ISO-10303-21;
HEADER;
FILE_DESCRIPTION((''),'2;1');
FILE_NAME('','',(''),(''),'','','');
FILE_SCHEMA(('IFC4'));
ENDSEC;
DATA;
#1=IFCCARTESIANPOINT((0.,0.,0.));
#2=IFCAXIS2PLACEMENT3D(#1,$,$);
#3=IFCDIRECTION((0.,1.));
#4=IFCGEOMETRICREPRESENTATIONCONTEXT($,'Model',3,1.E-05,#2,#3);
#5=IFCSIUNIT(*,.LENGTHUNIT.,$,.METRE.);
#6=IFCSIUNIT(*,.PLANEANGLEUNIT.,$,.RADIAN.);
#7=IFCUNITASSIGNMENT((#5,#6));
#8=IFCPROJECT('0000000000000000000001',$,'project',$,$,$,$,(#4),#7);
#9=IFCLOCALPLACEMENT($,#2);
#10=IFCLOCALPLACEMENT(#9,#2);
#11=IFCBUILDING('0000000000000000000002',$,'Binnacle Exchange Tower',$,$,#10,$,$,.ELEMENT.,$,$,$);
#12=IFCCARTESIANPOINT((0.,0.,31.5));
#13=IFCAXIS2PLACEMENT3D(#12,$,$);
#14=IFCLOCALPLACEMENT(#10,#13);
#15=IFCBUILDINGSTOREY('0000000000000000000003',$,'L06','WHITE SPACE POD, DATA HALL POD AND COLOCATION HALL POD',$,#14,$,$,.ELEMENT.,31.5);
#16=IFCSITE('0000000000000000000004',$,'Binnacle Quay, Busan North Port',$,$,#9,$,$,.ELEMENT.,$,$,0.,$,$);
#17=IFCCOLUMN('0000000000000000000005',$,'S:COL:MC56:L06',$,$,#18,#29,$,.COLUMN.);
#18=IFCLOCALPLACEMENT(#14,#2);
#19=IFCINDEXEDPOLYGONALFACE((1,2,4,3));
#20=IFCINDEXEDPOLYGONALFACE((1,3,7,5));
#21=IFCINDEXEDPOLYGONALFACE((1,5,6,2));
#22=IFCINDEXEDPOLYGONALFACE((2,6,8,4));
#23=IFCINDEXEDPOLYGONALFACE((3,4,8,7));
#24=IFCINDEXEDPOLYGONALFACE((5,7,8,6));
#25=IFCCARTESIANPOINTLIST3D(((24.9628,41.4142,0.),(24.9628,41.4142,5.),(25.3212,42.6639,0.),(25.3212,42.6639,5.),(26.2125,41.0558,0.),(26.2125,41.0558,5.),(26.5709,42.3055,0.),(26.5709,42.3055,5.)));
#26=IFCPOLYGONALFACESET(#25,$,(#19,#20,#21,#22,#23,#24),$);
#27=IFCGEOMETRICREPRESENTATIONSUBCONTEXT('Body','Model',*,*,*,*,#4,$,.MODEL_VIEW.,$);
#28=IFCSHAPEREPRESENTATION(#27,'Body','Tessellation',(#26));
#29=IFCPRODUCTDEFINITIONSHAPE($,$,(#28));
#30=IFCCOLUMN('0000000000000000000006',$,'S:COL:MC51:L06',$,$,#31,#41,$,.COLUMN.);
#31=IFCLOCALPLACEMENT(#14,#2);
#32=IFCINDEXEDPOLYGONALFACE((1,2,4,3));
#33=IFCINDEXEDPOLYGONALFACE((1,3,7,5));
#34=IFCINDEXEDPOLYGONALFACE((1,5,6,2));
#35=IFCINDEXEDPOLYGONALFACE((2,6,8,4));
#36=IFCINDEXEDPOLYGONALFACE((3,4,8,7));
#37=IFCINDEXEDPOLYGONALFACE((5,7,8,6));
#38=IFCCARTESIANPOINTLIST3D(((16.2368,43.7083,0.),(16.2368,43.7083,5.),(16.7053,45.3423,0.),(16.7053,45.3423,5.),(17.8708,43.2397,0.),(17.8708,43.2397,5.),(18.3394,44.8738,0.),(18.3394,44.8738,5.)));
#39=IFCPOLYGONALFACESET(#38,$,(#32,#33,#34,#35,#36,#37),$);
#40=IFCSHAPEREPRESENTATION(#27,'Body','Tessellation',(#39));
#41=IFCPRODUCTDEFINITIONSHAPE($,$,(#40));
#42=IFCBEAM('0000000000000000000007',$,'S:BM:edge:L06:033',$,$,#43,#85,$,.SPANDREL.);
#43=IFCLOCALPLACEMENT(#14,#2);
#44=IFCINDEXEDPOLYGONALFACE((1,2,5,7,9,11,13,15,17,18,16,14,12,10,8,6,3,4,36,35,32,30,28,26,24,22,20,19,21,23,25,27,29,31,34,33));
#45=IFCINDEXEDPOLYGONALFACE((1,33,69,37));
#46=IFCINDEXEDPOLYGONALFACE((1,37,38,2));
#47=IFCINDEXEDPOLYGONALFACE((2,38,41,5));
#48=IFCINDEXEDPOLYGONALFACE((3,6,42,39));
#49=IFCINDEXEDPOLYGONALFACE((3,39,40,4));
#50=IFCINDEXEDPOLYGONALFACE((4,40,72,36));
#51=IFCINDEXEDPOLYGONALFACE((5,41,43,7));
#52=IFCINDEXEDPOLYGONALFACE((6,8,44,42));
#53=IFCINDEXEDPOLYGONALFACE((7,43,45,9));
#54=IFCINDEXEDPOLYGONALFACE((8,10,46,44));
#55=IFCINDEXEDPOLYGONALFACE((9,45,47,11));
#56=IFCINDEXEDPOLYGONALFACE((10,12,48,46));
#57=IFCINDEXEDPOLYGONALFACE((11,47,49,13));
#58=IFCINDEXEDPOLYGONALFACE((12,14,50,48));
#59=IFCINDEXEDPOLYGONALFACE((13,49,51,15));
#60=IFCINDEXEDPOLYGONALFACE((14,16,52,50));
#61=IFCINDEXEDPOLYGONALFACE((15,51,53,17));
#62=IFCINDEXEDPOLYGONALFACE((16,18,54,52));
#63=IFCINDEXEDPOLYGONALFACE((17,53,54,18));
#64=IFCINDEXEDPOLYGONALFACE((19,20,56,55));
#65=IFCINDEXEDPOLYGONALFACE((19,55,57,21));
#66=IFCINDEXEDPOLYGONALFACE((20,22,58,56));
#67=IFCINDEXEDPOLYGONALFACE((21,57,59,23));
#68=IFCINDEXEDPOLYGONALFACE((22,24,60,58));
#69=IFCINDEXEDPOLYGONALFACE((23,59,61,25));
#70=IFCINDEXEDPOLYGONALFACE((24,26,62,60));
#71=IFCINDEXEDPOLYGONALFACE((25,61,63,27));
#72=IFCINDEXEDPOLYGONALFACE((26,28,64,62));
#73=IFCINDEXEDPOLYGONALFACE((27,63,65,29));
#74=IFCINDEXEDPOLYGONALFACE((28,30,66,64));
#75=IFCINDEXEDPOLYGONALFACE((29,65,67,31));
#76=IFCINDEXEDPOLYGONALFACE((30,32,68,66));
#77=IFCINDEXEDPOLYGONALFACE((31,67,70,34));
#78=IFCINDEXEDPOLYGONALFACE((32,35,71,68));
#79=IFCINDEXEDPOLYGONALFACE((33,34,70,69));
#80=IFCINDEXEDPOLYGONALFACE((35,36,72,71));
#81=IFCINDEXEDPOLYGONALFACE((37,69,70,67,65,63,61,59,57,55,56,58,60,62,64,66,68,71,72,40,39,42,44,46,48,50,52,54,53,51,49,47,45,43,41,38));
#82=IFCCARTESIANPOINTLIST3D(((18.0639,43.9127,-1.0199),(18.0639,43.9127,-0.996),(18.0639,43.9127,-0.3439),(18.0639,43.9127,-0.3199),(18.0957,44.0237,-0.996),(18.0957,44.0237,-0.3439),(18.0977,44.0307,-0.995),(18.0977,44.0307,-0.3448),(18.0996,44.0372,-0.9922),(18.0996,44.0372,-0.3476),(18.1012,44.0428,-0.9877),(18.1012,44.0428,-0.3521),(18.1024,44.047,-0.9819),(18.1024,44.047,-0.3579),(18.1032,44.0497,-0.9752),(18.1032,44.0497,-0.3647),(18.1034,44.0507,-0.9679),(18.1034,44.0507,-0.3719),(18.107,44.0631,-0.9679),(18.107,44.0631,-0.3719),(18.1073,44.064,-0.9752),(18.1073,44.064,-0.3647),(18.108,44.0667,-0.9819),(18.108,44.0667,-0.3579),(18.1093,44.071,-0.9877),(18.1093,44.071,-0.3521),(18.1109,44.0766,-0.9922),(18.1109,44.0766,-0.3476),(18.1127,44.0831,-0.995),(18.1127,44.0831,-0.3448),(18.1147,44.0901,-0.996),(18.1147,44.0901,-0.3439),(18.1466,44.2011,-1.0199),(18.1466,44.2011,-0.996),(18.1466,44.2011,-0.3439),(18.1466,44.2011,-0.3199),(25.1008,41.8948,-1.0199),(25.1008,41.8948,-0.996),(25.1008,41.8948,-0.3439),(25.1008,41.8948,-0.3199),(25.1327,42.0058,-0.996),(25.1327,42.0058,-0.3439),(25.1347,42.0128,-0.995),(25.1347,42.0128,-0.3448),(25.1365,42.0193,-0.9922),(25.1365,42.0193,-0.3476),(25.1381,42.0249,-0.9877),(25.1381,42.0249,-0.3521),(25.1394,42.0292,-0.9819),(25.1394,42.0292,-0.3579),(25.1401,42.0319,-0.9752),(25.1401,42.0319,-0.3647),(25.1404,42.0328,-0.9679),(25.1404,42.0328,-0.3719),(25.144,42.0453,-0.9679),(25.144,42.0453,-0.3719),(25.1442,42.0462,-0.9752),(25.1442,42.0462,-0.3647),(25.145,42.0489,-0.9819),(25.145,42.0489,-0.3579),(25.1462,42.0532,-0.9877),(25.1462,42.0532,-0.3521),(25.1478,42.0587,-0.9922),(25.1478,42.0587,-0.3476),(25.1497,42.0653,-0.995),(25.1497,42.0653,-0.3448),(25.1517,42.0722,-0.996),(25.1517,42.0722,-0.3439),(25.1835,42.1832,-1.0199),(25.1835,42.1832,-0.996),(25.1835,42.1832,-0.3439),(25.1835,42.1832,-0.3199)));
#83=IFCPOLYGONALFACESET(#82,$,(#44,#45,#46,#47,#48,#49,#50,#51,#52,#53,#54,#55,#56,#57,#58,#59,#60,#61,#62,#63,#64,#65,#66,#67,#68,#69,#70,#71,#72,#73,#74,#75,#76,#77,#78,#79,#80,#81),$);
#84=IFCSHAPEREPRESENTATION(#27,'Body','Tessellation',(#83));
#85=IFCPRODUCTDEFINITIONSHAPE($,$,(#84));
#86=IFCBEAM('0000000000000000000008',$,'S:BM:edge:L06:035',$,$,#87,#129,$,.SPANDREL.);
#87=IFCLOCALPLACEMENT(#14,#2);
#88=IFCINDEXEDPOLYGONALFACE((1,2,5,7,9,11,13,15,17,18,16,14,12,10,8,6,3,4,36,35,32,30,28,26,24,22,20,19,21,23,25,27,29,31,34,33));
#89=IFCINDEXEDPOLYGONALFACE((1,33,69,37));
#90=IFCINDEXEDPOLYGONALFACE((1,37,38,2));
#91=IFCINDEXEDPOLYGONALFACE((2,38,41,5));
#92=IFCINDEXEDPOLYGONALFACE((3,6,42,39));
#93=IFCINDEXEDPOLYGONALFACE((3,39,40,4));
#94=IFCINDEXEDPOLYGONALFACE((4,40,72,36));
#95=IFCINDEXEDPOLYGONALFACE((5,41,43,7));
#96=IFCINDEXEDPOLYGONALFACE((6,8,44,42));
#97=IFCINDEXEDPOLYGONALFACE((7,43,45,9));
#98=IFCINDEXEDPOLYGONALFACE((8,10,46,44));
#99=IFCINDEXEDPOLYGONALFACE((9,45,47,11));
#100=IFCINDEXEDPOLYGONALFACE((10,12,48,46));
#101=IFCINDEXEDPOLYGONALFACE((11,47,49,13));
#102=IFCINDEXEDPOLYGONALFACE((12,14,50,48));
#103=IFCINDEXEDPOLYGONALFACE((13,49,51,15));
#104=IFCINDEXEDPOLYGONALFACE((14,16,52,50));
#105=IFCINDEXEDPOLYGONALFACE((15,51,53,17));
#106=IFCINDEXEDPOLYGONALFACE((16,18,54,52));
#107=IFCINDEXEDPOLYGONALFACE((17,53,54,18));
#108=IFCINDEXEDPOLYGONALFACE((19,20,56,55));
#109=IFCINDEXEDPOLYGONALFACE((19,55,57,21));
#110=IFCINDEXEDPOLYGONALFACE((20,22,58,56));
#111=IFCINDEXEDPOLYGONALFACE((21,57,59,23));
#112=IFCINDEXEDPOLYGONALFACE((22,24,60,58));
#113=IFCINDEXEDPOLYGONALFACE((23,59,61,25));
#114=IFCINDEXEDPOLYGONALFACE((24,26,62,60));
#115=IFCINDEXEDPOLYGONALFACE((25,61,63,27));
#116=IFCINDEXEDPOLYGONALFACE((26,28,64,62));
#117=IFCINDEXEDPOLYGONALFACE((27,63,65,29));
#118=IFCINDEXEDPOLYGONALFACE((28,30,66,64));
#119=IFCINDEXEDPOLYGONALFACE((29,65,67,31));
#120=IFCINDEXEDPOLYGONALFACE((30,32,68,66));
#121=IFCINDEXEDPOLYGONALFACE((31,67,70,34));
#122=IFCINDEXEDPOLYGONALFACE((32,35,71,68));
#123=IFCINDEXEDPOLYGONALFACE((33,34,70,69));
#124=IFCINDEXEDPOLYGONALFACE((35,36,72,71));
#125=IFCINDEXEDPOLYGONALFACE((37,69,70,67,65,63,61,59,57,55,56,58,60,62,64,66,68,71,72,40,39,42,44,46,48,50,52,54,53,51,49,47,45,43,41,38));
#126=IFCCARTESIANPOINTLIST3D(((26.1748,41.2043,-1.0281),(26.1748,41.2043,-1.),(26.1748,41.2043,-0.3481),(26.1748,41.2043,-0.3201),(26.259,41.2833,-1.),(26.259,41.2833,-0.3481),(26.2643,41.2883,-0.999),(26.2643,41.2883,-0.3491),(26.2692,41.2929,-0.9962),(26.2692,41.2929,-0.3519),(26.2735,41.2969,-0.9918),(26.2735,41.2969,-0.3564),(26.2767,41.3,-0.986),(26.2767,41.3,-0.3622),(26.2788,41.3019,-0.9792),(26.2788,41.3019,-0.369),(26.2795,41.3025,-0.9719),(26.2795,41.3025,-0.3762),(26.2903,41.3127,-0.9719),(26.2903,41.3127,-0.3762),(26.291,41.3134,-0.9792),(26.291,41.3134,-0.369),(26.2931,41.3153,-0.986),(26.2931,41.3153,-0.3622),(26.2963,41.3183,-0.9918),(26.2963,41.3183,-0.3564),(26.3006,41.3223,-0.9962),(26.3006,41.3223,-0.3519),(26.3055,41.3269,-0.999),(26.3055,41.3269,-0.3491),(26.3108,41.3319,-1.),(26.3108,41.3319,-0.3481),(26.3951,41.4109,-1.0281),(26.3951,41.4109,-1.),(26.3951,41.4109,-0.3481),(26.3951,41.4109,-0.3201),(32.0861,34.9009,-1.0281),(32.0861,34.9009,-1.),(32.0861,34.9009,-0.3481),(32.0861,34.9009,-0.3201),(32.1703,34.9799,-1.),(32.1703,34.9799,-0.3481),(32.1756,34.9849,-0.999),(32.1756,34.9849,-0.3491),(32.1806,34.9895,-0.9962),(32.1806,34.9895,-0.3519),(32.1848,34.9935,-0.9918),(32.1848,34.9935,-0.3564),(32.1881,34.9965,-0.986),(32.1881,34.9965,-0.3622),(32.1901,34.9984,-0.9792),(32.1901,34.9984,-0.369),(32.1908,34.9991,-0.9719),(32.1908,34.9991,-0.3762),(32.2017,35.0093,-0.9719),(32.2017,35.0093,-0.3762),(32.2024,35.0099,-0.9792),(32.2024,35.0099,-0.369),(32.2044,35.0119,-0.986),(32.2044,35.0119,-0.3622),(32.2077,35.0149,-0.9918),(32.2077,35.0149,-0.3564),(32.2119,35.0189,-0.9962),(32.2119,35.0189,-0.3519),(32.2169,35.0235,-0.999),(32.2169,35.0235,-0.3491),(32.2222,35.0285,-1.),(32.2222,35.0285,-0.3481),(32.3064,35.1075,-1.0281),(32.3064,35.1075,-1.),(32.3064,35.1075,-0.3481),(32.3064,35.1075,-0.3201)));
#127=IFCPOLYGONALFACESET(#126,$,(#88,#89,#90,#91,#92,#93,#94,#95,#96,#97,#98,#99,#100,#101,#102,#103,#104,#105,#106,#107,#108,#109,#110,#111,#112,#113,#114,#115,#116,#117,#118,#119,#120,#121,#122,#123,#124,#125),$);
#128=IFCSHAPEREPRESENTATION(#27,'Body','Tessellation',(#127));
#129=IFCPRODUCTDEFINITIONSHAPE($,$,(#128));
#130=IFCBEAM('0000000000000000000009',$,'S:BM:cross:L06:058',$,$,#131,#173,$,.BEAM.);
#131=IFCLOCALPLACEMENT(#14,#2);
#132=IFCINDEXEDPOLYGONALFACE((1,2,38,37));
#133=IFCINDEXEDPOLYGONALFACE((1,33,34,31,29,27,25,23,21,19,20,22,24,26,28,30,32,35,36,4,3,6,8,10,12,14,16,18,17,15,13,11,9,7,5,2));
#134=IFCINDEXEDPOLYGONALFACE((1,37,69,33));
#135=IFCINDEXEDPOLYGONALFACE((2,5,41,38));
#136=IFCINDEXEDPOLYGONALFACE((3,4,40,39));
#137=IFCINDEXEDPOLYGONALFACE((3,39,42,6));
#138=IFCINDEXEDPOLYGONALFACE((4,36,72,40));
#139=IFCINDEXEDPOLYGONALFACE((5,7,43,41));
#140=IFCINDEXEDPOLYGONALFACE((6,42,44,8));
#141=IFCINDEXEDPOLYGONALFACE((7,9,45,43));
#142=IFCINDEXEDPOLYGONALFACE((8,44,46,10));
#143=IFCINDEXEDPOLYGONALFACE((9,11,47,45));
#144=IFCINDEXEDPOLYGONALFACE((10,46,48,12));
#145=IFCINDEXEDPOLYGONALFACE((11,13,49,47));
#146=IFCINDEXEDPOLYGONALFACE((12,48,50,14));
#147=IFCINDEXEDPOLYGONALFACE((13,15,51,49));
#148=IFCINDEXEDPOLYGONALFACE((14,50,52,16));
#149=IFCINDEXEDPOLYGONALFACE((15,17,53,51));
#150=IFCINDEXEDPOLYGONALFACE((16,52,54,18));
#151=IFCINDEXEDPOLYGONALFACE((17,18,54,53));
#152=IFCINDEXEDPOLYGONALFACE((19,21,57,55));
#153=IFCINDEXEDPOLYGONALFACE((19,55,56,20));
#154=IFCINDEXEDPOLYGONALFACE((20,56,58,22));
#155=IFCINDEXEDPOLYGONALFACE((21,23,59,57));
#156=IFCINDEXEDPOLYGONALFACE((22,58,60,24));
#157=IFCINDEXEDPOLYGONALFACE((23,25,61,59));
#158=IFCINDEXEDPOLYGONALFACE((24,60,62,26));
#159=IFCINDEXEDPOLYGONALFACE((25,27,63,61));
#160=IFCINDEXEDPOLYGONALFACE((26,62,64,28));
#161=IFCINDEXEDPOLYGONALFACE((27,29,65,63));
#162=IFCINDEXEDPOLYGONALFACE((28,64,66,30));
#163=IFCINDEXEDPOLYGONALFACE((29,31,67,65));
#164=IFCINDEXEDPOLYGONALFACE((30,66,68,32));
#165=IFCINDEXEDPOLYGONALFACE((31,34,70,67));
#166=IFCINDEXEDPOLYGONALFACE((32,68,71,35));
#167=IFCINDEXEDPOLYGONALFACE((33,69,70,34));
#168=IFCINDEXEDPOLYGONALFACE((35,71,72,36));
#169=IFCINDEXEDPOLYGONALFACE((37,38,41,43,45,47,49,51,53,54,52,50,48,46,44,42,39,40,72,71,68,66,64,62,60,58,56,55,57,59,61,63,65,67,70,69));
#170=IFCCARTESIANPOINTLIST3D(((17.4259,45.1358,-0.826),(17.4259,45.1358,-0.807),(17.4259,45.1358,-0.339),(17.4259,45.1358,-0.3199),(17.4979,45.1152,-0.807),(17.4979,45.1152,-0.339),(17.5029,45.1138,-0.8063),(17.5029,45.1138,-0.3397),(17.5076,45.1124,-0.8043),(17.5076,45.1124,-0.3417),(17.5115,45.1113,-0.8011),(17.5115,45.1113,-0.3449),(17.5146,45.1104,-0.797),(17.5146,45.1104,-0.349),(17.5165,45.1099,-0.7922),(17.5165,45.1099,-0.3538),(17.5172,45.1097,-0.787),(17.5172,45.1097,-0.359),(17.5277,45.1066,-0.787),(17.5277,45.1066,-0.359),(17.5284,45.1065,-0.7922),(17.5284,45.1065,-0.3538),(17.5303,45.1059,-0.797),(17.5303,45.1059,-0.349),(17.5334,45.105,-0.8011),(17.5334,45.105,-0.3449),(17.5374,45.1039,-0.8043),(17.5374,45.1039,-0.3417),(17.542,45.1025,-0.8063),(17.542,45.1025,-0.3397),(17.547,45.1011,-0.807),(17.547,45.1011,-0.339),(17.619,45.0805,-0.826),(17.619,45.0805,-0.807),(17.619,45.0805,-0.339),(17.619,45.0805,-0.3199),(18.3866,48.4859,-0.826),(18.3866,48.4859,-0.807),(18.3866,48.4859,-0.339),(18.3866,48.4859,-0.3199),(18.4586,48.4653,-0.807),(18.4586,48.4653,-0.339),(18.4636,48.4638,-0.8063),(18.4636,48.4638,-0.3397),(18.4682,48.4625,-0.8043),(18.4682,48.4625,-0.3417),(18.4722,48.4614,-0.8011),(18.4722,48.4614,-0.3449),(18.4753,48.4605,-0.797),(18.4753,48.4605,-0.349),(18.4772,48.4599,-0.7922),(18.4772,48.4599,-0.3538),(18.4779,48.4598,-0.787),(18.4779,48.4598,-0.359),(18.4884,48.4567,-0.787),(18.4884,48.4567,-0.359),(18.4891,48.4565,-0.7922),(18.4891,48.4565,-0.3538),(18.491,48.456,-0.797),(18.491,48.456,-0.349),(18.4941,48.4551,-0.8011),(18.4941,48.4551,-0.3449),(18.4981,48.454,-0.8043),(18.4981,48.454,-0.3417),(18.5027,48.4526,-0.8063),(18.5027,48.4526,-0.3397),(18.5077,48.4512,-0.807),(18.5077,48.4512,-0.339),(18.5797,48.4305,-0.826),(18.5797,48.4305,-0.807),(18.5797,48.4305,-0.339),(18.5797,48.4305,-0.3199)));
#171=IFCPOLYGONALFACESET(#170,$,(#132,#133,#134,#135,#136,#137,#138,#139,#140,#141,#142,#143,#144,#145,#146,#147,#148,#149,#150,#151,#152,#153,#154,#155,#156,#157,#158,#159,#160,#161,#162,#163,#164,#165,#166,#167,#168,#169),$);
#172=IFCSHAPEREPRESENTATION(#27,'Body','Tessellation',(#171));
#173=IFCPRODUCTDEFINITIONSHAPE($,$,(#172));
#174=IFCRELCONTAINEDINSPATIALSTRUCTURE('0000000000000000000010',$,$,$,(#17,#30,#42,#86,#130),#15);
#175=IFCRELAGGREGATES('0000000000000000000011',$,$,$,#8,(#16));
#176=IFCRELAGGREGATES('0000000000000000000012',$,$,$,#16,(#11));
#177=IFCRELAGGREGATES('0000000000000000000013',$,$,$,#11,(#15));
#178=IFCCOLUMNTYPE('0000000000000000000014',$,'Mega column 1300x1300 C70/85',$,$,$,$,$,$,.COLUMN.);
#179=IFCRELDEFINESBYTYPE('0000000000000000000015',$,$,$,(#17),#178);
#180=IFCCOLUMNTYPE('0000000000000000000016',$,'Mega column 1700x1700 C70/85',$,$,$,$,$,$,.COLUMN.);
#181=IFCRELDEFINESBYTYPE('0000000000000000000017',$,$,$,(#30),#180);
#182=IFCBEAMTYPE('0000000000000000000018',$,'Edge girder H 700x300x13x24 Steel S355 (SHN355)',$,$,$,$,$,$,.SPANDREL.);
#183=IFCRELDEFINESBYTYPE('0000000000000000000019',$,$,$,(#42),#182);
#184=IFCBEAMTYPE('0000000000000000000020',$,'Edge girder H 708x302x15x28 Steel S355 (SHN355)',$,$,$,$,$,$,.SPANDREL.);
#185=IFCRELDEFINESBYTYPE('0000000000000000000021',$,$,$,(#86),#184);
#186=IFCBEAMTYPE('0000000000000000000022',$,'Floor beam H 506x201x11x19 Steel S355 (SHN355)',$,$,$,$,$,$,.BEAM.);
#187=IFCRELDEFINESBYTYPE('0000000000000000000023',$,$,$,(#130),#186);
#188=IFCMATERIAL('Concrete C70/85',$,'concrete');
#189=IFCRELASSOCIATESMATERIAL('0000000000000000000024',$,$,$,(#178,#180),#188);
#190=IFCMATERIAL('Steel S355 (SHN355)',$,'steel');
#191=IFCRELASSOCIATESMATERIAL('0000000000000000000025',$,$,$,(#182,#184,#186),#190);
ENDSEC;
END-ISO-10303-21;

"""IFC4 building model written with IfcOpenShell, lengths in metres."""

from ifc_helpers import new_model, si_unit, direction, frame, origin, origin_2d, place, context, subcontext, project, spatial, rectangle, i_section, extrude, material, material_profile, profile_set, type_object, element, save


model = new_model("IFC4")

# Units and contexts
model_context = context("Model", 3, precision=1e-05, world=origin(), true_north=direction((0.0, 1.0)))
body_context = subcontext(model_context, "Body", "Model", "MODEL_VIEW")
ifc_project = project(units=[si_unit("LENGTHUNIT", "METRE"), si_unit("PLANEANGLEUNIT", "RADIAN")], contexts=[model_context])

# Site, building, storey
site_placement = place(None, origin())
site = spatial("IfcSite", under=ifc_project, at=site_placement, Name="Binnacle Quay, Busan North Port", CompositionType="ELEMENT", RefElevation=0.0)
building_placement = place(site_placement, origin())
building = spatial("IfcBuilding", under=site, at=building_placement, Name="Binnacle Exchange Tower", CompositionType="ELEMENT")
storey_placement = place(building_placement, frame((0.0, 0.0, 31.5)))
storey = spatial("IfcBuildingStorey", under=building, at=storey_placement, Name="L06", Description="WHITE SPACE POD, DATA HALL POD AND COLOCATION HALL POD", CompositionType="ELEMENT", Elevation=31.5)

# Columns
ifc_material_1 = material(Name="Concrete C70/85", Category="concrete")
ifc_material_profile_1 = material_profile(ifc_material_1, rectangle(XDim=1.3, YDim=1.3, at=origin_2d()), Name="Mega column 1300x1300 C70/85")
ifc_profile_set_1 = profile_set([ifc_material_profile_1], Name="Concrete C70/85")
column_type_1 = type_object("IfcColumnType", Name="Mega column 1300x1300 C70/85", PredefinedType="COLUMN", material=ifc_profile_set_1)
column_1_placement = place(storey_placement, frame((25.7668, 41.8599, 0.0), z_axis=(0.0, 0.0, 1.0), x_axis=(0.961262, -0.275637, 0.0)))
element("IfcColumn", 1, at=column_1_placement, inside=storey, type_object=column_type_1, Name="S:COL:MC56:L06", PredefinedType="COLUMN", context=body_context, shape_type="SweptSolid", body=[
    extrude(rectangle(XDim=1.3, YDim=1.3, at=origin_2d()), origin(), (0.0, 0.0, 1.0), 5.0),
])
ifc_material_profile_2 = material_profile(ifc_material_1, rectangle(XDim=1.7, YDim=1.7, at=origin_2d()), Name="Mega column 1700x1700 C70/85")
ifc_profile_set_2 = profile_set([ifc_material_profile_2], Name="Concrete C70/85")
column_type_2 = type_object("IfcColumnType", Name="Mega column 1700x1700 C70/85", PredefinedType="COLUMN", material=ifc_profile_set_2)
column_2_placement = place(storey_placement, frame((17.2881, 44.291, 0.0), z_axis=(0.0, 0.0, 1.0), x_axis=(0.961262, -0.275637, 0.0)))
element("IfcColumn", 2, at=column_2_placement, inside=storey, type_object=column_type_2, Name="S:COL:MC51:L06", PredefinedType="COLUMN", context=body_context, shape_type="SweptSolid", body=[
    extrude(rectangle(XDim=1.7, YDim=1.7, at=origin_2d()), origin(), (0.0, 0.0, 1.0), 5.0),
])

# Beams
ifc_material_2 = material(Name="Steel S355 (SHN355)", Category="steel")
ifc_material_profile_3 = material_profile(ifc_material_2, i_section(OverallWidth=0.3, OverallDepth=0.7, WebThickness=0.0129, FlangeThickness=0.0239, FilletRadius=0.0281, at=origin_2d()), Name="H 700x300x13x24")
ifc_profile_set_3 = profile_set([ifc_material_profile_3], Name="Steel S355 (SHN355)")
beam_type_1 = type_object("IfcBeamType", Name="Edge girder H 700x300x13x24 Steel S355 (SHN355)", PredefinedType="SPANDREL", material=ifc_profile_set_3)
beam_1_placement = place(storey_placement, frame((18.1052, 44.0569, -0.6699), z_axis=(0.96126, -0.275642, 0.0), x_axis=(0.275642, 0.96126, 0.0)))
element("IfcBeam", 3, at=beam_1_placement, inside=storey, type_object=beam_type_1, Name="S:BM:edge:L06:033", PredefinedType="SPANDREL", context=body_context, shape_type="SweptSolid", body=[
    extrude(i_section(OverallWidth=0.3, OverallDepth=0.7, WebThickness=0.0129, FlangeThickness=0.0239, FilletRadius=0.0281, at=origin_2d()), origin(), (0.0, 0.0, 1.0), 7.3206),
])
ifc_material_profile_4 = material_profile(ifc_material_2, i_section(OverallWidth=0.302, OverallDepth=0.708, WebThickness=0.0149, FlangeThickness=0.0281, FilletRadius=0.0281, at=origin_2d()), Name="H 708x302x15x28")
ifc_profile_set_4 = profile_set([ifc_material_profile_4], Name="Steel S355 (SHN355)")
beam_type_2 = type_object("IfcBeamType", Name="Edge girder H 708x302x15x28 Steel S355 (SHN355)", PredefinedType="SPANDREL", material=ifc_profile_set_4)
beam_2_placement = place(storey_placement, frame((26.2849, 41.3076, -0.6741), z_axis=(0.684057, -0.729429, 0.0), x_axis=(0.729429, 0.684057, 0.0)))
element("IfcBeam", 4, at=beam_2_placement, inside=storey, type_object=beam_type_2, Name="S:BM:edge:L06:035", PredefinedType="SPANDREL", context=body_context, shape_type="SweptSolid", body=[
    extrude(i_section(OverallWidth=0.302, OverallDepth=0.708, WebThickness=0.0149, FlangeThickness=0.0281, FilletRadius=0.0281, at=origin_2d()), origin(), (0.0, 0.0, 1.0), 8.6416),
])
ifc_material_profile_5 = material_profile(ifc_material_2, i_section(OverallWidth=0.2009, OverallDepth=0.5061, WebThickness=0.011, FlangeThickness=0.019, FilletRadius=0.02, at=origin_2d()), Name="H 506x201x11x19")
ifc_profile_set_5 = profile_set([ifc_material_profile_5], Name="Steel S355 (SHN355)")
beam_type_3 = type_object("IfcBeamType", Name="Floor beam H 506x201x11x19 Steel S355 (SHN355)", PredefinedType="BEAM", material=ifc_profile_set_5)
beam_3_placement = place(storey_placement, frame((17.5225, 45.1082, -0.573), z_axis=(0.275655, 0.961257, 0.0), x_axis=(-0.961257, 0.275655, 0.0)))
element("IfcBeam", 5, at=beam_3_placement, inside=storey, type_object=beam_type_3, Name="S:BM:cross:L06:058", PredefinedType="BEAM", context=body_context, shape_type="SweptSolid", body=[
    extrude(i_section(OverallWidth=0.2009, OverallDepth=0.5061, WebThickness=0.011, FlangeThickness=0.019, FilletRadius=0.02, at=origin_2d()), origin(), (0.0, 0.0, 1.0), 3.4851),
])

save(model, "model.ifc")
